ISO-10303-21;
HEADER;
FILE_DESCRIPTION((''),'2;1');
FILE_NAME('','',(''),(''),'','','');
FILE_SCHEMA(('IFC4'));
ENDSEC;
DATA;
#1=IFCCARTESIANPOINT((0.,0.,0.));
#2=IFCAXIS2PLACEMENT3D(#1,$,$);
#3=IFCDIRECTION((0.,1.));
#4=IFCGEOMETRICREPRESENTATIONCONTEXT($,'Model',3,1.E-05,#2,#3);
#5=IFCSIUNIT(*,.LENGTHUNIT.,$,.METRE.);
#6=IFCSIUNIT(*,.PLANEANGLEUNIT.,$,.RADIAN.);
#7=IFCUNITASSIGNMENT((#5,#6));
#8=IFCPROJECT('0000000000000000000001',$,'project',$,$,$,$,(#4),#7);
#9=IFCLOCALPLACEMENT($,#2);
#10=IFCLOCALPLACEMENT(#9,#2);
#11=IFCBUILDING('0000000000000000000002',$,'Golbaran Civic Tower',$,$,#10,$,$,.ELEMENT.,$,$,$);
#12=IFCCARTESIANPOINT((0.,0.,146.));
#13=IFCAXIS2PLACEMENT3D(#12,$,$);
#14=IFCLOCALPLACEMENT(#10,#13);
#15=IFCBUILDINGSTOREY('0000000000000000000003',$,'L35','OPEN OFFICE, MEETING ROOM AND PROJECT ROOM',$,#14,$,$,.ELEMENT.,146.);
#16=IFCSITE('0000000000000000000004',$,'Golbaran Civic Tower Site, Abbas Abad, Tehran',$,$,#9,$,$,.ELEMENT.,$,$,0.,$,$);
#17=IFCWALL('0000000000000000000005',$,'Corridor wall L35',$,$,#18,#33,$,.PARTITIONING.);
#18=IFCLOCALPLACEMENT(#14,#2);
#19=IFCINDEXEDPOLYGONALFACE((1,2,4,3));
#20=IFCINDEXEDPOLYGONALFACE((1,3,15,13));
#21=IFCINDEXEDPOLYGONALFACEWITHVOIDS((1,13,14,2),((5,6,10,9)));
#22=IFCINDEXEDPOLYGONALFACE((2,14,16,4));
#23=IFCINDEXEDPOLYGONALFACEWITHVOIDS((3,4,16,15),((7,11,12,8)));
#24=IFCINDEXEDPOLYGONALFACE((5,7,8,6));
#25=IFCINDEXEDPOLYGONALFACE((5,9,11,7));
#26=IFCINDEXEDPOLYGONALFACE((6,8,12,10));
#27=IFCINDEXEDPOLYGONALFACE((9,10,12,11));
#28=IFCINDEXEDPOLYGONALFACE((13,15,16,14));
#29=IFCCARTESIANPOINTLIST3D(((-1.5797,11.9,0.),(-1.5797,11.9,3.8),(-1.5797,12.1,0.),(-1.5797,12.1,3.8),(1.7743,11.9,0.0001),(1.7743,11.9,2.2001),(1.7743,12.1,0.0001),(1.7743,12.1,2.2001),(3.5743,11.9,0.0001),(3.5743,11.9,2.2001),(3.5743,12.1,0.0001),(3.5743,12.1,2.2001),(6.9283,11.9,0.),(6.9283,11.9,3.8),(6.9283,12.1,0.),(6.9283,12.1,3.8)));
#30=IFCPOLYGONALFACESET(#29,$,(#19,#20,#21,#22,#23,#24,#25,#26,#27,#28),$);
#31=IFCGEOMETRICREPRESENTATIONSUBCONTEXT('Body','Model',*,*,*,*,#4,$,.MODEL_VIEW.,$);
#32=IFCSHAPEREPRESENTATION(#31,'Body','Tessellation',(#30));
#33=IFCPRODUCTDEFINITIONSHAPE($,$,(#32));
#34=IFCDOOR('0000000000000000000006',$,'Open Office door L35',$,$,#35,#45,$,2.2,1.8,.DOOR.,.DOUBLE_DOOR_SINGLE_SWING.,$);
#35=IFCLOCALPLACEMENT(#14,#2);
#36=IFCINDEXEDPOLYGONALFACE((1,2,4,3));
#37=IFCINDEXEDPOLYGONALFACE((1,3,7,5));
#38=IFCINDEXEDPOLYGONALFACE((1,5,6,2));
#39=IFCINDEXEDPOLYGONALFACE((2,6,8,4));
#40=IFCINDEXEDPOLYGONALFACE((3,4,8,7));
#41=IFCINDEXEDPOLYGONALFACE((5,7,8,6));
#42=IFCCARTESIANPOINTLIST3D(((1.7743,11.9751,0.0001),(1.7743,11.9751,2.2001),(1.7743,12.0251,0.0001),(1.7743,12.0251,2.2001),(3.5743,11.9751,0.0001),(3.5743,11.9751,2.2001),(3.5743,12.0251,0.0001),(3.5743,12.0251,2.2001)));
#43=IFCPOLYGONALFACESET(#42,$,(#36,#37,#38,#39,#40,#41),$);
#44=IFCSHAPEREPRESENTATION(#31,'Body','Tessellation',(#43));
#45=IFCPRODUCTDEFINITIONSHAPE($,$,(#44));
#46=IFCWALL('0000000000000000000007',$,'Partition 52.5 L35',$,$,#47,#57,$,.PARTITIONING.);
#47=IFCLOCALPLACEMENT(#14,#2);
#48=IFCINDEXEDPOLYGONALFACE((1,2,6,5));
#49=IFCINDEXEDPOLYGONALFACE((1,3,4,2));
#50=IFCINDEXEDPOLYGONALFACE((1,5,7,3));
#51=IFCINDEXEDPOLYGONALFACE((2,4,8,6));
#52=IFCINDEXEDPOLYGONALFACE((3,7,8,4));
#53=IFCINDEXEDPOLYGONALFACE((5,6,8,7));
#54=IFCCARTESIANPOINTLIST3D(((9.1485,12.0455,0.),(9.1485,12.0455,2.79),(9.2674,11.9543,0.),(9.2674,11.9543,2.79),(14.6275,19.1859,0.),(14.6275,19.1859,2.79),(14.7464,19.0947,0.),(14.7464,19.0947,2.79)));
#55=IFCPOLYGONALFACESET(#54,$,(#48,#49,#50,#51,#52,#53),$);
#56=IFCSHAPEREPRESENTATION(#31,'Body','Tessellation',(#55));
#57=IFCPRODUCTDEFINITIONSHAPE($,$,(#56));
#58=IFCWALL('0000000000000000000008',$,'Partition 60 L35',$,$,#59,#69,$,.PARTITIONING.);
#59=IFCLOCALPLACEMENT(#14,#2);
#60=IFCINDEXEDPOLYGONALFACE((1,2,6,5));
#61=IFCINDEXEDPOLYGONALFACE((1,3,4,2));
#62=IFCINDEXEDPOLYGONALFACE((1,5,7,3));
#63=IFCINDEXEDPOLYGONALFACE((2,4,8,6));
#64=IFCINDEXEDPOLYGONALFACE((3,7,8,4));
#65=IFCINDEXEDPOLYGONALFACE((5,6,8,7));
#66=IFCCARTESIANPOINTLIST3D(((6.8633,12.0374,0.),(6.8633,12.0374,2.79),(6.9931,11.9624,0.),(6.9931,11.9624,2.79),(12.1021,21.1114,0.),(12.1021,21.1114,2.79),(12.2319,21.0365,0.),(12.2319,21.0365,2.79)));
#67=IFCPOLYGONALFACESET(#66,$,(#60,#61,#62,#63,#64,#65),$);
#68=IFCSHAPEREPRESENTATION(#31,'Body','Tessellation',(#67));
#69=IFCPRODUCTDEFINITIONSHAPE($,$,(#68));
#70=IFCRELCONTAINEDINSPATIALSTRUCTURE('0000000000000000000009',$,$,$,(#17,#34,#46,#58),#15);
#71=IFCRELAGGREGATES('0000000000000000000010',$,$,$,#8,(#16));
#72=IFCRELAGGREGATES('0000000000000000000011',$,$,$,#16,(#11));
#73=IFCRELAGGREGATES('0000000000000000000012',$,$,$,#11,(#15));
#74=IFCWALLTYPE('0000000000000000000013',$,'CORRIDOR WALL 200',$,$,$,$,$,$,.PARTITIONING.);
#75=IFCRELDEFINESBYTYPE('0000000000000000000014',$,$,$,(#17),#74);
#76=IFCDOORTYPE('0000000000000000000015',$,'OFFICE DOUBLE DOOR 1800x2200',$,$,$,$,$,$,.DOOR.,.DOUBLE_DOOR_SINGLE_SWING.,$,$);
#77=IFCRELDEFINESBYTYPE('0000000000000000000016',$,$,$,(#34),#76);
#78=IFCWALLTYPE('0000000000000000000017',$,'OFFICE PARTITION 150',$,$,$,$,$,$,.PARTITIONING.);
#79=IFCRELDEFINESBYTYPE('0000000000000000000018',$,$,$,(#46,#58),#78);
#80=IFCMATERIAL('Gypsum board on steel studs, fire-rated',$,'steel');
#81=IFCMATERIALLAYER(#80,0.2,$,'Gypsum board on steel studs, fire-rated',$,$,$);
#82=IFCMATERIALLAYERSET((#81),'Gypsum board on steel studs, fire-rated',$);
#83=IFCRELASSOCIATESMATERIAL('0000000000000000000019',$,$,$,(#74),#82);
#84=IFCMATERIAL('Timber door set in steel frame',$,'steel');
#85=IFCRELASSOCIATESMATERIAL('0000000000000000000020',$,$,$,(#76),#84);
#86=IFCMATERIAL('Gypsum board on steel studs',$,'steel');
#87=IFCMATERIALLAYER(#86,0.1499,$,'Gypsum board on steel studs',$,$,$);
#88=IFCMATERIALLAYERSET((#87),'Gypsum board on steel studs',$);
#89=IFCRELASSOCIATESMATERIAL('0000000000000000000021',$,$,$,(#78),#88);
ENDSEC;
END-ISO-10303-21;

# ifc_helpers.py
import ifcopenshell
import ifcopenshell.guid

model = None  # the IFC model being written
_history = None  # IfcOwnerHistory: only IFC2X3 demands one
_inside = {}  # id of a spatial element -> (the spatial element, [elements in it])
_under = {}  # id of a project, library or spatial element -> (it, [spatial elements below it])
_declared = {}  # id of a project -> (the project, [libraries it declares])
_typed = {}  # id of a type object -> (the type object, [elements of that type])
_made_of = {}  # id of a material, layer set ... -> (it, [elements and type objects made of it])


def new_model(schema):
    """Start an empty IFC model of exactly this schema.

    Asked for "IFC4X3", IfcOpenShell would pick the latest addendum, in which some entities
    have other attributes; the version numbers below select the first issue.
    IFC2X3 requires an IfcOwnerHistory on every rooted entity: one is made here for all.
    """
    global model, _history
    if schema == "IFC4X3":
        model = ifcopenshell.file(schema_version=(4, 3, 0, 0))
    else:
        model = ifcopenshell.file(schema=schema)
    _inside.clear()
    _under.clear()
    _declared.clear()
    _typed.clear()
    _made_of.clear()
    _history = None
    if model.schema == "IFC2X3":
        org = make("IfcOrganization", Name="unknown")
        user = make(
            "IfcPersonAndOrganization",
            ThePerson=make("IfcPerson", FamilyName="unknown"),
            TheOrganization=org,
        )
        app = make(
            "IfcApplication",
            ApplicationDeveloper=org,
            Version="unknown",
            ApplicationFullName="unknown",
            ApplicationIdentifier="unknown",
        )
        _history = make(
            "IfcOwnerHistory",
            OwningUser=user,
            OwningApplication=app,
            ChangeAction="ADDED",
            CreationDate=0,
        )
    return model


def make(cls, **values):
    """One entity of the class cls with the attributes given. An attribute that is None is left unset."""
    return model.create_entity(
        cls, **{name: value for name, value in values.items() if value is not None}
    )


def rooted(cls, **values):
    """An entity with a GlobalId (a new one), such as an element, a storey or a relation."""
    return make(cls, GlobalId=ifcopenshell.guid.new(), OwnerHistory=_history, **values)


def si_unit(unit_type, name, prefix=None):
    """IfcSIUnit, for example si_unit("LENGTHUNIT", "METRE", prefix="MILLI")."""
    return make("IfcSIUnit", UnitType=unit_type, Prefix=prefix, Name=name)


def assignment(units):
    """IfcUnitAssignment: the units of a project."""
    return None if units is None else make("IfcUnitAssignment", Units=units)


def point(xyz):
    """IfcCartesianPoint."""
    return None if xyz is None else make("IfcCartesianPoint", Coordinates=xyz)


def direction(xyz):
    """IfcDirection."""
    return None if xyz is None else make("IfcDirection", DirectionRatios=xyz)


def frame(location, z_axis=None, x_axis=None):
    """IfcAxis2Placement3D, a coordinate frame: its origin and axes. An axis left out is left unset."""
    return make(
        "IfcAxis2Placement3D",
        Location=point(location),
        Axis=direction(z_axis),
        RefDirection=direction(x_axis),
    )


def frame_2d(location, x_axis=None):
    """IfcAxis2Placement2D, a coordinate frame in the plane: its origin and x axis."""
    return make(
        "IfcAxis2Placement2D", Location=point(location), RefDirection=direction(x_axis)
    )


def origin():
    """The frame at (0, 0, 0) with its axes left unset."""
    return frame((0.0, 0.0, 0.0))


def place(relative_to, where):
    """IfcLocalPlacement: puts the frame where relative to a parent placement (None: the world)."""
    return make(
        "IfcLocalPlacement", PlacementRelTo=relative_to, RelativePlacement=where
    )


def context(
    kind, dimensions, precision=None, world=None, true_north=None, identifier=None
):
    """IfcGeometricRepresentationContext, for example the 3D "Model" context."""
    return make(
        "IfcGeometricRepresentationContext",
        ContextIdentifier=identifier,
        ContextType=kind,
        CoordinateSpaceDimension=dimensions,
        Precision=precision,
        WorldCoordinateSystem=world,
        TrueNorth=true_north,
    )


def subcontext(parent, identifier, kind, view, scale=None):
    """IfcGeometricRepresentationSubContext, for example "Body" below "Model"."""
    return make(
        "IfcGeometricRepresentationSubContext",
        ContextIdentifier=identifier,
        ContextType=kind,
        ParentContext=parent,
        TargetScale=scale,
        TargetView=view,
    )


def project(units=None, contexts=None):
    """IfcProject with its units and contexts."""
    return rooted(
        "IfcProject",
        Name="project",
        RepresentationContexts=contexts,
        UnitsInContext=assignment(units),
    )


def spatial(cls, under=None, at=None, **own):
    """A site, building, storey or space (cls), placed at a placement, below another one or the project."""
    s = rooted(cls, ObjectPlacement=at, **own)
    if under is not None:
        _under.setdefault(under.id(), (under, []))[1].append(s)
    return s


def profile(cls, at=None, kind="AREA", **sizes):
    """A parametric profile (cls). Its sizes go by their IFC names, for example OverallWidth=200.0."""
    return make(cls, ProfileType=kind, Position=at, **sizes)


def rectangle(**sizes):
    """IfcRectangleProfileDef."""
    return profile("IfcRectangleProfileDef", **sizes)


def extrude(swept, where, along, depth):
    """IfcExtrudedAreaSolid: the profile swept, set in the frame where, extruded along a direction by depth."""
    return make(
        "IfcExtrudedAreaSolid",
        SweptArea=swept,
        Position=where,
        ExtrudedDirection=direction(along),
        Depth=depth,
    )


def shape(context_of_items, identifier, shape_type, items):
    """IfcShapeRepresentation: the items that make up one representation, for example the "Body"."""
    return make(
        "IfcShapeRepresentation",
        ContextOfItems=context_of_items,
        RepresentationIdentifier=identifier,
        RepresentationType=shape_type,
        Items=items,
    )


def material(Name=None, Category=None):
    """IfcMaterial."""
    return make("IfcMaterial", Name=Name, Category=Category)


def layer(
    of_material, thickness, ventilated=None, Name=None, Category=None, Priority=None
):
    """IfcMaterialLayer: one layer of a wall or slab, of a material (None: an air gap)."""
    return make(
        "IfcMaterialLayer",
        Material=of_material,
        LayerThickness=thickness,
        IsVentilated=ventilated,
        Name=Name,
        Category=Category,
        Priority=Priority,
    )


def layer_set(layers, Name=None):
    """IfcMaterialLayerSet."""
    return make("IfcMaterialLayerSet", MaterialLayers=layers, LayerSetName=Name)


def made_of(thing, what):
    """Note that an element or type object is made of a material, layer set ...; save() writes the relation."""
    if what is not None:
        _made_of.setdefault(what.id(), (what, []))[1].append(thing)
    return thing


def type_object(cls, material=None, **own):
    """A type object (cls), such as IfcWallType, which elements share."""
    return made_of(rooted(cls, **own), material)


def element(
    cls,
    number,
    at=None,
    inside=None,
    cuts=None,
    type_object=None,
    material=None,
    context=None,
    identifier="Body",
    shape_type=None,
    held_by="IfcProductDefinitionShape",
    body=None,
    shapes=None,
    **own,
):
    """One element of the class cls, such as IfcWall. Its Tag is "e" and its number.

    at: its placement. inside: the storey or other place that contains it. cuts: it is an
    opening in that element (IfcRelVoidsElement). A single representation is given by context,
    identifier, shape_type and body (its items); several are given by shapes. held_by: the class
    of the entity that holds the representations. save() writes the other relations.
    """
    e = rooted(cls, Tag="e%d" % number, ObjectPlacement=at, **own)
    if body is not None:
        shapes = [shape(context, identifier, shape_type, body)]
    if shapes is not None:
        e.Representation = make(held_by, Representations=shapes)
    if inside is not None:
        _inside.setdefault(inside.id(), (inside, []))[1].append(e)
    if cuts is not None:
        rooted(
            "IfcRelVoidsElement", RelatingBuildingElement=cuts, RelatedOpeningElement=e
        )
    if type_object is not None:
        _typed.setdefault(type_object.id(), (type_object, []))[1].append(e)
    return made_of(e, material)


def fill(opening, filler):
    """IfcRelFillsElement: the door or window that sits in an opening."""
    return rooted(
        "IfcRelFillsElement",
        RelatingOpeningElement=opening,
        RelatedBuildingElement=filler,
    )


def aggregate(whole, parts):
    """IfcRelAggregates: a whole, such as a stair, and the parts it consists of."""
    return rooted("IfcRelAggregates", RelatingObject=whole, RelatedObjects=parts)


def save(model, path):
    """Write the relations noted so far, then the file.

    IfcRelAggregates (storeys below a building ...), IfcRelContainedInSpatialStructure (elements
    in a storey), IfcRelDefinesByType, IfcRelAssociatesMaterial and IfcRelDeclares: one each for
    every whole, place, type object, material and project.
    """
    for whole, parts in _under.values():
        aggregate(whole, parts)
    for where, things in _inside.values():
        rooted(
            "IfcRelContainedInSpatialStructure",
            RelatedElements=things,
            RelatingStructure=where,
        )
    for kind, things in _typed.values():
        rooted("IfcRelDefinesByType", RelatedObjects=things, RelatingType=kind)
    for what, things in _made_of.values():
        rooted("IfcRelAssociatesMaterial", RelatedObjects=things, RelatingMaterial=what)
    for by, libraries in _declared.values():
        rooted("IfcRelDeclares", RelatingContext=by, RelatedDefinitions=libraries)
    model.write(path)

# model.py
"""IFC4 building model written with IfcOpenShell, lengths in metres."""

from ifc_helpers import new_model, si_unit, direction, frame, frame_2d, origin, place, context, subcontext, project, spatial, rectangle, extrude, material, layer, layer_set, type_object, element, fill, save


model = new_model("IFC4")

# Units and contexts
model_context = context("Model", 3, precision=1e-05, world=origin(), true_north=direction((0.0, 1.0)))
body_context = subcontext(model_context, "Body", "Model", "MODEL_VIEW")
ifc_project = project(units=[si_unit("LENGTHUNIT", "METRE"), si_unit("PLANEANGLEUNIT", "RADIAN")], contexts=[model_context])

# Site, building, storey
site_placement = place(None, origin())
site = spatial("IfcSite", under=ifc_project, at=site_placement, Name="Golbaran Civic Tower Site, Abbas Abad, Tehran", CompositionType="ELEMENT", RefElevation=0.0)
building_placement = place(site_placement, origin())
building = spatial("IfcBuilding", under=site, at=building_placement, Name="Golbaran Civic Tower", CompositionType="ELEMENT")
storey_placement = place(building_placement, frame((0.0, 0.0, 146.0)))
storey = spatial("IfcBuildingStorey", under=building, at=storey_placement, Name="L35", Description="OPEN OFFICE, MEETING ROOM AND PROJECT ROOM", CompositionType="ELEMENT", Elevation=146.0)

# Shared definitions
ifc_material_1 = material(Name="Timber door set in steel frame", Category="steel")
ifc_material_2 = material(Name="Gypsum board on steel studs, fire-rated", Category="steel")
ifc_layer_1 = layer(ifc_material_2, 0.2, Name="Gypsum board on steel studs, fire-rated")
ifc_layer_set_1 = layer_set([ifc_layer_1], Name="Gypsum board on steel studs, fire-rated")
wall_type_1 = type_object("IfcWallType", Name="CORRIDOR WALL 200", PredefinedType="PARTITIONING", material=ifc_layer_set_1)

# Wall, opening, door
wall_1_placement = place(storey_placement, frame((6.9282, 12.0, 0.0), z_axis=(0.0, 0.0, 1.0), x_axis=(-1.0, 0.0, 0.0)))
wall_1 = element("IfcWall", 1, at=wall_1_placement, inside=storey, type_object=wall_type_1, Name="Corridor wall L35", PredefinedType="PARTITIONING", context=body_context, shape_type="SweptSolid", body=[
    extrude(rectangle(XDim=8.5081, YDim=0.2, at=frame_2d((4.2539, 0.0))), origin(), (0.0, 0.0, 1.0), 3.8),
])
opening_1_placement = place(wall_1_placement, frame((3.354, 0.0, 0.0)))
opening_1 = element("IfcOpeningElement", 2, at=opening_1_placement, cuts=wall_1, PredefinedType="OPENING", context=body_context, shape_type="SweptSolid", body=[
    extrude(rectangle(XDim=1.8, YDim=2.2, at=frame_2d((0.8999, 1.1001))), frame((0.0, 0.1099, 0.0), z_axis=(0.0, -1.0, 0.0), x_axis=(1.0, 0.0, 0.0)), (0.0, 0.0, 1.0), 0.22),
])
door_type_1 = type_object("IfcDoorType", Name="OFFICE DOUBLE DOOR 1800x2200", OperationType="DOUBLE_DOOR_SINGLE_SWING", PredefinedType="DOOR", material=ifc_material_1)
door_1_placement = place(opening_1_placement, origin())
door_1 = element("IfcDoor", 3, at=door_1_placement, inside=storey, type_object=door_type_1, Name="Open Office door L35", OperationType="DOUBLE_DOOR_SINGLE_SWING", OverallHeight=2.2, OverallWidth=1.8, PredefinedType="DOOR", context=body_context, shape_type="SweptSolid", body=[
    extrude(rectangle(XDim=1.8, YDim=2.2, at=frame_2d((0.8999, 1.1001))), frame((0.0, 0.0249, 0.0), z_axis=(0.0, -1.0, 0.0), x_axis=(1.0, 0.0, 0.0)), (0.0, 0.0, 1.0), 0.05),
])
fill(opening_1, door_1)

# Walls
ifc_material_3 = material(Name="Gypsum board on steel studs", Category="steel")
ifc_layer_2 = layer(ifc_material_3, 0.1499, Name="Gypsum board on steel studs")
ifc_layer_set_2 = layer_set([ifc_layer_2], Name="Gypsum board on steel studs")
wall_type_2 = type_object("IfcWallType", Name="OFFICE PARTITION 150", PredefinedType="PARTITIONING", material=ifc_layer_set_2)
wall_2_placement = place(storey_placement, frame((9.208, 12.0, 0.0), z_axis=(0.0, 0.0, 1.0), x_axis=(0.608761, 0.793354, 0.0)))
element("IfcWall", 4, at=wall_2_placement, inside=storey, type_object=wall_type_2, Name="Partition 52.5 L35", PredefinedType="PARTITIONING", context=body_context, shape_type="SweptSolid", body=[
    extrude(rectangle(XDim=9.0002, YDim=0.1499, at=frame_2d((4.5, 0.0))), origin(), (0.0, 0.0, 1.0), 2.79),
])
wall_3_placement = place(storey_placement, frame((6.9282, 12.0, 0.0), z_axis=(0.0, 0.0, 1.0), x_axis=(0.499993, 0.866029, 0.0)))
element("IfcWall", 5, at=wall_3_placement, inside=storey, type_object=wall_type_2, Name="Partition 60 L35", PredefinedType="PARTITIONING", context=body_context, shape_type="SweptSolid", body=[
    extrude(rectangle(XDim=10.4778, YDim=0.1499, at=frame_2d((5.2388, 0.0))), origin(), (0.0, 0.0, 1.0), 2.79),
])

save(model, "model.ifc")
